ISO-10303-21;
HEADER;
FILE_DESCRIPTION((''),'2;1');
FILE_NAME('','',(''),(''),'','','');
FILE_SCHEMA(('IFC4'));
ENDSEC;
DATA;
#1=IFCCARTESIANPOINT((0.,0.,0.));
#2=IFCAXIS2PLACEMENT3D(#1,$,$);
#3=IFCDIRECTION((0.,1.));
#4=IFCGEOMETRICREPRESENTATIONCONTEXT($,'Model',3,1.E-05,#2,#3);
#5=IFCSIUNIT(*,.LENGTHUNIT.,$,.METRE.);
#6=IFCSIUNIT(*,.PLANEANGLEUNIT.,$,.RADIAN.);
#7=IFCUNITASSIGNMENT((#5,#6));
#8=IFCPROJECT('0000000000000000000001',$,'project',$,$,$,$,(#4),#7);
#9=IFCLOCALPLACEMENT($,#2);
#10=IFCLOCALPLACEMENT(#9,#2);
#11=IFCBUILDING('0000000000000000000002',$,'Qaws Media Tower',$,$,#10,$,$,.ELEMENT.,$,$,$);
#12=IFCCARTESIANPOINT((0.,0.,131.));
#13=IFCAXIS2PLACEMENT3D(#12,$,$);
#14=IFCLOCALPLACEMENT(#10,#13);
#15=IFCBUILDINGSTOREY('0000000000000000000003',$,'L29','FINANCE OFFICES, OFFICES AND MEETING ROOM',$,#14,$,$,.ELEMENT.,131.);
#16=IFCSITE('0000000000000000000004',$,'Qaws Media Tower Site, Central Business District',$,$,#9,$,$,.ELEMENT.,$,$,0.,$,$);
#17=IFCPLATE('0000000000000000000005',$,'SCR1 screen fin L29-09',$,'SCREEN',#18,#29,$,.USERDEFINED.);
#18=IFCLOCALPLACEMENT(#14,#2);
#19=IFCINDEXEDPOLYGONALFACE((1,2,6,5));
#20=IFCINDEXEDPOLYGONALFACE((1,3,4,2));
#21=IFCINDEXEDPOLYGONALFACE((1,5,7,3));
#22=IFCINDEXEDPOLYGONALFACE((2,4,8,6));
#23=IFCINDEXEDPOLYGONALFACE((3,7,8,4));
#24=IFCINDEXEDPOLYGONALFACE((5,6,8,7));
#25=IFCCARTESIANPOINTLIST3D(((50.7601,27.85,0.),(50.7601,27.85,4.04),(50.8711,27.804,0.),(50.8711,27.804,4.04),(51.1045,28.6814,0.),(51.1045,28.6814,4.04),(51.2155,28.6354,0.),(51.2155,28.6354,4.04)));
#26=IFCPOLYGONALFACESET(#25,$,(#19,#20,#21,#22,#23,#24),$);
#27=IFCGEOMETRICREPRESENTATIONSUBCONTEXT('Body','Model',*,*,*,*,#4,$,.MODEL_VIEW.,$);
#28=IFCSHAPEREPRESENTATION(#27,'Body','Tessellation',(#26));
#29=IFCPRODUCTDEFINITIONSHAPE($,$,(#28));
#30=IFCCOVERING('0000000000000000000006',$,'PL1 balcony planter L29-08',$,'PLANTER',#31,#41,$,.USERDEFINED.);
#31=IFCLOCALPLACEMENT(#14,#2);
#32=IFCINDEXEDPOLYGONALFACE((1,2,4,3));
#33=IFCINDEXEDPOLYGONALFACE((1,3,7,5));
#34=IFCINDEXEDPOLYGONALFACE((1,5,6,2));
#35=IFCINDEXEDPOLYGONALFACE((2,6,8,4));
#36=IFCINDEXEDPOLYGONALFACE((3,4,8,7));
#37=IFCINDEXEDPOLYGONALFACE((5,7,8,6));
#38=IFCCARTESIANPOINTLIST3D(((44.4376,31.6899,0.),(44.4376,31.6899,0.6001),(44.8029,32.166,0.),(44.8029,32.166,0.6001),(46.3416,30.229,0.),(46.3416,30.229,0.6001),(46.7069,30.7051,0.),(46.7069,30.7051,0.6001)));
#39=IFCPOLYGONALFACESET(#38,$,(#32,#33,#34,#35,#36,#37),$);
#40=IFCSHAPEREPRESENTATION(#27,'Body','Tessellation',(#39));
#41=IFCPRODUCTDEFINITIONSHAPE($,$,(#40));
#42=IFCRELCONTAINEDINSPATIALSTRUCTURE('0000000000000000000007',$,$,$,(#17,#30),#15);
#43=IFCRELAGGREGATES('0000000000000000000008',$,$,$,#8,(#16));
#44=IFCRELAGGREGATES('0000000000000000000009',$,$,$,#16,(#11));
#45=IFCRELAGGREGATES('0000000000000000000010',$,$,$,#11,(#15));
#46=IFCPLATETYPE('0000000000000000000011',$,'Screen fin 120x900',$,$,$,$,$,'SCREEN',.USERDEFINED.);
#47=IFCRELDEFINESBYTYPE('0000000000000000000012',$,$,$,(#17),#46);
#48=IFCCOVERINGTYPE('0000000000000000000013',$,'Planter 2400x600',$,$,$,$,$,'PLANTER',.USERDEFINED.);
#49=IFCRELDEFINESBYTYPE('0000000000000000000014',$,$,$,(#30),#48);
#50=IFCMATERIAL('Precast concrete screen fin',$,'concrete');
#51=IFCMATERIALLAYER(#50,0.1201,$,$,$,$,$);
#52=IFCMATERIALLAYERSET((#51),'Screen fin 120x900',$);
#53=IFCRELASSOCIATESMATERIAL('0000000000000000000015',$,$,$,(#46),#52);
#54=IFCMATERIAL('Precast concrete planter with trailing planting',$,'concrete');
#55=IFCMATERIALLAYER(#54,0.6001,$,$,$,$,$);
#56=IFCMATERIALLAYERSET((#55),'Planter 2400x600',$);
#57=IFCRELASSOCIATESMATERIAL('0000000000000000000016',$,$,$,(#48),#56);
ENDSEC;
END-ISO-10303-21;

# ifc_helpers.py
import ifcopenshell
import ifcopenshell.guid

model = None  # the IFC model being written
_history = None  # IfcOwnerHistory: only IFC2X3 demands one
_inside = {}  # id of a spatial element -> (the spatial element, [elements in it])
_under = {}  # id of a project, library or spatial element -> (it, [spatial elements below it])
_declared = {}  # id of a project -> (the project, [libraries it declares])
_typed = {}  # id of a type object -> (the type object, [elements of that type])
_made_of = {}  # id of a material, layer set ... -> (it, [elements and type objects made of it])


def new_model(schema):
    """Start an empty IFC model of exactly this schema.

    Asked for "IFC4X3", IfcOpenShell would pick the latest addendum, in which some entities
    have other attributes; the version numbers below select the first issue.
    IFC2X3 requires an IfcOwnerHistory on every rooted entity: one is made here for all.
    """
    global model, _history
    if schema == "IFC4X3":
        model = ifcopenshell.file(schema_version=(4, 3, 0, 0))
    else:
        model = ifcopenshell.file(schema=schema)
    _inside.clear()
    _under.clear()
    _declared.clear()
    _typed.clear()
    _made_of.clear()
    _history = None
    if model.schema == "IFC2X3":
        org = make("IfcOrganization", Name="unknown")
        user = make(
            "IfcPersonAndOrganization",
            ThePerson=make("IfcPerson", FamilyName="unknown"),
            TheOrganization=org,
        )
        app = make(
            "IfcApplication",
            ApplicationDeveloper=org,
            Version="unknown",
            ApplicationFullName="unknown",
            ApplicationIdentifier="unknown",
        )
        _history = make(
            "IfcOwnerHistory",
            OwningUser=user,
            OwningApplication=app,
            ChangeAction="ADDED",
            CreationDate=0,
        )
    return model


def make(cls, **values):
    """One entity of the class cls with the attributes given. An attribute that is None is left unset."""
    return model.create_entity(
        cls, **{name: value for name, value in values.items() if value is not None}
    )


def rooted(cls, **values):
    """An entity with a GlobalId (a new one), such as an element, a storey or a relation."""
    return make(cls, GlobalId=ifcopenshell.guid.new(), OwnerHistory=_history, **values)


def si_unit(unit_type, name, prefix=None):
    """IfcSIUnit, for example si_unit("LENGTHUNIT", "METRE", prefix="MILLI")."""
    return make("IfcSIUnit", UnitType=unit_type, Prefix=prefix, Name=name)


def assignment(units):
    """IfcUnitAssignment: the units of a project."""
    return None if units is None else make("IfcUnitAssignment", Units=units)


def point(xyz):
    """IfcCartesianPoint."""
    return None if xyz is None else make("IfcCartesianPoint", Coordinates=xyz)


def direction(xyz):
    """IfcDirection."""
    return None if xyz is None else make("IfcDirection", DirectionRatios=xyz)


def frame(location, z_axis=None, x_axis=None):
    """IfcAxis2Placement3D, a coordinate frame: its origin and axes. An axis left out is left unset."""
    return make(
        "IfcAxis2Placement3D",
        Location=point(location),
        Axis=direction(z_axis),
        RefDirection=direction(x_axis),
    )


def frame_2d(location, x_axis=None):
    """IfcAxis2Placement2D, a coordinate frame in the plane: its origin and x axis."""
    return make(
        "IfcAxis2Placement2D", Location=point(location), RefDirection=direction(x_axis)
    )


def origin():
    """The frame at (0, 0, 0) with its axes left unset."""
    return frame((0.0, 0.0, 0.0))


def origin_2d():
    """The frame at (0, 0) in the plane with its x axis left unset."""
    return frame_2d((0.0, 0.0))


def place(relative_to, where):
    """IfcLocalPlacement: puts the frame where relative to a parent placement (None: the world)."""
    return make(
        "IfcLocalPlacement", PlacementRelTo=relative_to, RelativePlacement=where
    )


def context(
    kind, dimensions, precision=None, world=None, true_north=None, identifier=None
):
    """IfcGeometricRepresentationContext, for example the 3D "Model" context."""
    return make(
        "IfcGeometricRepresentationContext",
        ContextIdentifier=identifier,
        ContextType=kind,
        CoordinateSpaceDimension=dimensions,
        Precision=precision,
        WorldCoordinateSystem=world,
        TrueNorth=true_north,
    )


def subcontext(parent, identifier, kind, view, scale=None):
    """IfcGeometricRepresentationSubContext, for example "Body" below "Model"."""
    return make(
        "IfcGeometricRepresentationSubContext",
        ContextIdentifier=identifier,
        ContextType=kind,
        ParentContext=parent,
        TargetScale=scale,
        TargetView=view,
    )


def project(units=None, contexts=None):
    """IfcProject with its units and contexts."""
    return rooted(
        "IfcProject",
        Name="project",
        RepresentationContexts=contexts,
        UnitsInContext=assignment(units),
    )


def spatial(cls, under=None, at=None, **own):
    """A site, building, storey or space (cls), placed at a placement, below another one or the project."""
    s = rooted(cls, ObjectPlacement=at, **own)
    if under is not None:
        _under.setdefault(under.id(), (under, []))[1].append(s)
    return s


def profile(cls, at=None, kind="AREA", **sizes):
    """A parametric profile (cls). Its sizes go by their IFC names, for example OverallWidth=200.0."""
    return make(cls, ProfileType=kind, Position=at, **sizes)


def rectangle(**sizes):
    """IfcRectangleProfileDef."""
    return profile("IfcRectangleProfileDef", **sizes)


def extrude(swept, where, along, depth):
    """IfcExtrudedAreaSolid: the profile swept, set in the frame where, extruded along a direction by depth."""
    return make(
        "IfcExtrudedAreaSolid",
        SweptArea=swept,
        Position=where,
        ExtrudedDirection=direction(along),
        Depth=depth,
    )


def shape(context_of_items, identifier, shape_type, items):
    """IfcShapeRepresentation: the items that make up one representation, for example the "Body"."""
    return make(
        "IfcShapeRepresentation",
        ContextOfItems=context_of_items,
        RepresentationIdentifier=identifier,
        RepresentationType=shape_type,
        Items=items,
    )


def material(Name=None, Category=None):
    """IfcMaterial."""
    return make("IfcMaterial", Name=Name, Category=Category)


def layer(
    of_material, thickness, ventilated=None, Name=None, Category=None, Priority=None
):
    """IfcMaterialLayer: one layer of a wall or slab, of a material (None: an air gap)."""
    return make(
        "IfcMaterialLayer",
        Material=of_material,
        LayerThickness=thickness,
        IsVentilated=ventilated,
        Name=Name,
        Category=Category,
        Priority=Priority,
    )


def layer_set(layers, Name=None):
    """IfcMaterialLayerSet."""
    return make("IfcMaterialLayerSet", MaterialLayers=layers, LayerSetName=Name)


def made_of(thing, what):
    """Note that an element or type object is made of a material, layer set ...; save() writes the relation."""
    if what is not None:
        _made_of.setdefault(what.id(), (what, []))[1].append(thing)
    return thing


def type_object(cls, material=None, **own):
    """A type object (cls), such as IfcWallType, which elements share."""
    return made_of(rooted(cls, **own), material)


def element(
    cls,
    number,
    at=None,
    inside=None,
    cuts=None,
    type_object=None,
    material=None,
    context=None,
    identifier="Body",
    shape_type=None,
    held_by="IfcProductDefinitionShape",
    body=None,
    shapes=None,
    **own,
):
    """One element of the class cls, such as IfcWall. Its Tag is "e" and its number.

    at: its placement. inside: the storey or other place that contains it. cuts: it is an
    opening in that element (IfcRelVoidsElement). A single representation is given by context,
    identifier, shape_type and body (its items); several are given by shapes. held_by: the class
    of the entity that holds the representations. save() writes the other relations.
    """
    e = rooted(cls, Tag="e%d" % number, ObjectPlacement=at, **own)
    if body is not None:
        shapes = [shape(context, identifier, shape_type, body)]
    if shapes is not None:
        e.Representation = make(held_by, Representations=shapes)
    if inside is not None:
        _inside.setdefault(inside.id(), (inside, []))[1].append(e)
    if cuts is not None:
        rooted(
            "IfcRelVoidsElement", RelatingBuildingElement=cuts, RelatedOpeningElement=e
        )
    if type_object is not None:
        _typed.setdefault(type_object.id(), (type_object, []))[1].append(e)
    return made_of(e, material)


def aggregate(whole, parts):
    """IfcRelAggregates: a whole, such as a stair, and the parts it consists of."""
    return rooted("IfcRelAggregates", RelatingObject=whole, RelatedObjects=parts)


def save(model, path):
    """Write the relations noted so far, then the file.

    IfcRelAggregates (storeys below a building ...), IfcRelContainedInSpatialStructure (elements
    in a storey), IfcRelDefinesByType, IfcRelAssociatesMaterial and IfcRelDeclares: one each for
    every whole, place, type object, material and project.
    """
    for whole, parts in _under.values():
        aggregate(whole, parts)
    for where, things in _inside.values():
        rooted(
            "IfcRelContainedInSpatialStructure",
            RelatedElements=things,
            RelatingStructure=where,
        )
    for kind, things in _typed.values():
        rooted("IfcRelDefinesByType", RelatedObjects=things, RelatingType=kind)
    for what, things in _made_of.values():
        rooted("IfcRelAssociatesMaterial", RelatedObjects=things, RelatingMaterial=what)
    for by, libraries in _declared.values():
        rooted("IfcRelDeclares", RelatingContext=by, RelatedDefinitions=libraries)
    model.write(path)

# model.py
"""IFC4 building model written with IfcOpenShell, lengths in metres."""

from ifc_helpers import new_model, si_unit, direction, frame, origin, origin_2d, place, context, subcontext, project, spatial, rectangle, extrude, material, layer, layer_set, type_object, element, save


model = new_model("IFC4")

# Units and contexts
model_context = context("Model", 3, precision=1e-05, world=origin(), true_north=direction((0.0, 1.0)))
body_context = subcontext(model_context, "Body", "Model", "MODEL_VIEW")
ifc_project = project(units=[si_unit("LENGTHUNIT", "METRE"), si_unit("PLANEANGLEUNIT", "RADIAN")], contexts=[model_context])

# Site, building, storey
site_placement = place(None, origin())
site = spatial("IfcSite", under=ifc_project, at=site_placement, Name="Qaws Media Tower Site, Central Business District", CompositionType="ELEMENT", RefElevation=0.0)
building_placement = place(site_placement, origin())
building = spatial("IfcBuilding", under=site, at=building_placement, Name="Qaws Media Tower", CompositionType="ELEMENT")
storey_placement = place(building_placement, frame((0.0, 0.0, 131.0)))
storey = spatial("IfcBuildingStorey", under=building, at=storey_placement, Name="L29", Description="FINANCE OFFICES, OFFICES AND MEETING ROOM", CompositionType="ELEMENT", Elevation=131.0)

# Plate
ifc_material_1 = material(Name="Precast concrete screen fin", Category="concrete")
ifc_layer_1 = layer(ifc_material_1, 0.1201)
ifc_layer_set_1 = layer_set([ifc_layer_1], Name="Screen fin 120x900")
plate_type_1 = type_object("IfcPlateType", Name="Screen fin 120x900", ElementType="SCREEN", PredefinedType="USERDEFINED", material=ifc_layer_set_1)
plate_1_placement = place(storey_placement, frame((50.9878, 28.2427, 0.0), z_axis=(0.0, 0.0, 1.0), x_axis=(-0.382683, -0.92388, 0.0)))
element("IfcPlate", 1, at=plate_1_placement, inside=storey, type_object=plate_type_1, Name="SCR1 screen fin L29-09", ObjectType="SCREEN", PredefinedType="USERDEFINED", context=body_context, shape_type="SweptSolid", body=[
    extrude(rectangle(XDim=0.8999, YDim=0.1201, at=origin_2d()), origin(), (0.0, 0.0, 1.0), 4.04),
])

# Covering
ifc_material_2 = material(Name="Precast concrete planter with trailing planting", Category="concrete")
ifc_layer_2 = layer(ifc_material_2, 0.6001)
ifc_layer_set_2 = layer_set([ifc_layer_2], Name="Planter 2400x600")
covering_type = type_object("IfcCoveringType", Name="Planter 2400x600", ElementType="PLANTER", PredefinedType="USERDEFINED", material=ifc_layer_set_2)
covering_placement = place(storey_placement, frame((45.5723, 31.1975, 0.0), z_axis=(0.0, 0.0, 1.0), x_axis=(0.793353, -0.608761, 0.0)))
element("IfcCovering", 2, at=covering_placement, inside=storey, type_object=covering_type, Name="PL1 balcony planter L29-08", ObjectType="PLANTER", PredefinedType="USERDEFINED", context=body_context, shape_type="SweptSolid", body=[
    extrude(rectangle(XDim=2.3999, YDim=0.6001, at=origin_2d()), origin(), (0.0, 0.0, 1.0), 0.6001),
])

save(model, "model.ifc")
